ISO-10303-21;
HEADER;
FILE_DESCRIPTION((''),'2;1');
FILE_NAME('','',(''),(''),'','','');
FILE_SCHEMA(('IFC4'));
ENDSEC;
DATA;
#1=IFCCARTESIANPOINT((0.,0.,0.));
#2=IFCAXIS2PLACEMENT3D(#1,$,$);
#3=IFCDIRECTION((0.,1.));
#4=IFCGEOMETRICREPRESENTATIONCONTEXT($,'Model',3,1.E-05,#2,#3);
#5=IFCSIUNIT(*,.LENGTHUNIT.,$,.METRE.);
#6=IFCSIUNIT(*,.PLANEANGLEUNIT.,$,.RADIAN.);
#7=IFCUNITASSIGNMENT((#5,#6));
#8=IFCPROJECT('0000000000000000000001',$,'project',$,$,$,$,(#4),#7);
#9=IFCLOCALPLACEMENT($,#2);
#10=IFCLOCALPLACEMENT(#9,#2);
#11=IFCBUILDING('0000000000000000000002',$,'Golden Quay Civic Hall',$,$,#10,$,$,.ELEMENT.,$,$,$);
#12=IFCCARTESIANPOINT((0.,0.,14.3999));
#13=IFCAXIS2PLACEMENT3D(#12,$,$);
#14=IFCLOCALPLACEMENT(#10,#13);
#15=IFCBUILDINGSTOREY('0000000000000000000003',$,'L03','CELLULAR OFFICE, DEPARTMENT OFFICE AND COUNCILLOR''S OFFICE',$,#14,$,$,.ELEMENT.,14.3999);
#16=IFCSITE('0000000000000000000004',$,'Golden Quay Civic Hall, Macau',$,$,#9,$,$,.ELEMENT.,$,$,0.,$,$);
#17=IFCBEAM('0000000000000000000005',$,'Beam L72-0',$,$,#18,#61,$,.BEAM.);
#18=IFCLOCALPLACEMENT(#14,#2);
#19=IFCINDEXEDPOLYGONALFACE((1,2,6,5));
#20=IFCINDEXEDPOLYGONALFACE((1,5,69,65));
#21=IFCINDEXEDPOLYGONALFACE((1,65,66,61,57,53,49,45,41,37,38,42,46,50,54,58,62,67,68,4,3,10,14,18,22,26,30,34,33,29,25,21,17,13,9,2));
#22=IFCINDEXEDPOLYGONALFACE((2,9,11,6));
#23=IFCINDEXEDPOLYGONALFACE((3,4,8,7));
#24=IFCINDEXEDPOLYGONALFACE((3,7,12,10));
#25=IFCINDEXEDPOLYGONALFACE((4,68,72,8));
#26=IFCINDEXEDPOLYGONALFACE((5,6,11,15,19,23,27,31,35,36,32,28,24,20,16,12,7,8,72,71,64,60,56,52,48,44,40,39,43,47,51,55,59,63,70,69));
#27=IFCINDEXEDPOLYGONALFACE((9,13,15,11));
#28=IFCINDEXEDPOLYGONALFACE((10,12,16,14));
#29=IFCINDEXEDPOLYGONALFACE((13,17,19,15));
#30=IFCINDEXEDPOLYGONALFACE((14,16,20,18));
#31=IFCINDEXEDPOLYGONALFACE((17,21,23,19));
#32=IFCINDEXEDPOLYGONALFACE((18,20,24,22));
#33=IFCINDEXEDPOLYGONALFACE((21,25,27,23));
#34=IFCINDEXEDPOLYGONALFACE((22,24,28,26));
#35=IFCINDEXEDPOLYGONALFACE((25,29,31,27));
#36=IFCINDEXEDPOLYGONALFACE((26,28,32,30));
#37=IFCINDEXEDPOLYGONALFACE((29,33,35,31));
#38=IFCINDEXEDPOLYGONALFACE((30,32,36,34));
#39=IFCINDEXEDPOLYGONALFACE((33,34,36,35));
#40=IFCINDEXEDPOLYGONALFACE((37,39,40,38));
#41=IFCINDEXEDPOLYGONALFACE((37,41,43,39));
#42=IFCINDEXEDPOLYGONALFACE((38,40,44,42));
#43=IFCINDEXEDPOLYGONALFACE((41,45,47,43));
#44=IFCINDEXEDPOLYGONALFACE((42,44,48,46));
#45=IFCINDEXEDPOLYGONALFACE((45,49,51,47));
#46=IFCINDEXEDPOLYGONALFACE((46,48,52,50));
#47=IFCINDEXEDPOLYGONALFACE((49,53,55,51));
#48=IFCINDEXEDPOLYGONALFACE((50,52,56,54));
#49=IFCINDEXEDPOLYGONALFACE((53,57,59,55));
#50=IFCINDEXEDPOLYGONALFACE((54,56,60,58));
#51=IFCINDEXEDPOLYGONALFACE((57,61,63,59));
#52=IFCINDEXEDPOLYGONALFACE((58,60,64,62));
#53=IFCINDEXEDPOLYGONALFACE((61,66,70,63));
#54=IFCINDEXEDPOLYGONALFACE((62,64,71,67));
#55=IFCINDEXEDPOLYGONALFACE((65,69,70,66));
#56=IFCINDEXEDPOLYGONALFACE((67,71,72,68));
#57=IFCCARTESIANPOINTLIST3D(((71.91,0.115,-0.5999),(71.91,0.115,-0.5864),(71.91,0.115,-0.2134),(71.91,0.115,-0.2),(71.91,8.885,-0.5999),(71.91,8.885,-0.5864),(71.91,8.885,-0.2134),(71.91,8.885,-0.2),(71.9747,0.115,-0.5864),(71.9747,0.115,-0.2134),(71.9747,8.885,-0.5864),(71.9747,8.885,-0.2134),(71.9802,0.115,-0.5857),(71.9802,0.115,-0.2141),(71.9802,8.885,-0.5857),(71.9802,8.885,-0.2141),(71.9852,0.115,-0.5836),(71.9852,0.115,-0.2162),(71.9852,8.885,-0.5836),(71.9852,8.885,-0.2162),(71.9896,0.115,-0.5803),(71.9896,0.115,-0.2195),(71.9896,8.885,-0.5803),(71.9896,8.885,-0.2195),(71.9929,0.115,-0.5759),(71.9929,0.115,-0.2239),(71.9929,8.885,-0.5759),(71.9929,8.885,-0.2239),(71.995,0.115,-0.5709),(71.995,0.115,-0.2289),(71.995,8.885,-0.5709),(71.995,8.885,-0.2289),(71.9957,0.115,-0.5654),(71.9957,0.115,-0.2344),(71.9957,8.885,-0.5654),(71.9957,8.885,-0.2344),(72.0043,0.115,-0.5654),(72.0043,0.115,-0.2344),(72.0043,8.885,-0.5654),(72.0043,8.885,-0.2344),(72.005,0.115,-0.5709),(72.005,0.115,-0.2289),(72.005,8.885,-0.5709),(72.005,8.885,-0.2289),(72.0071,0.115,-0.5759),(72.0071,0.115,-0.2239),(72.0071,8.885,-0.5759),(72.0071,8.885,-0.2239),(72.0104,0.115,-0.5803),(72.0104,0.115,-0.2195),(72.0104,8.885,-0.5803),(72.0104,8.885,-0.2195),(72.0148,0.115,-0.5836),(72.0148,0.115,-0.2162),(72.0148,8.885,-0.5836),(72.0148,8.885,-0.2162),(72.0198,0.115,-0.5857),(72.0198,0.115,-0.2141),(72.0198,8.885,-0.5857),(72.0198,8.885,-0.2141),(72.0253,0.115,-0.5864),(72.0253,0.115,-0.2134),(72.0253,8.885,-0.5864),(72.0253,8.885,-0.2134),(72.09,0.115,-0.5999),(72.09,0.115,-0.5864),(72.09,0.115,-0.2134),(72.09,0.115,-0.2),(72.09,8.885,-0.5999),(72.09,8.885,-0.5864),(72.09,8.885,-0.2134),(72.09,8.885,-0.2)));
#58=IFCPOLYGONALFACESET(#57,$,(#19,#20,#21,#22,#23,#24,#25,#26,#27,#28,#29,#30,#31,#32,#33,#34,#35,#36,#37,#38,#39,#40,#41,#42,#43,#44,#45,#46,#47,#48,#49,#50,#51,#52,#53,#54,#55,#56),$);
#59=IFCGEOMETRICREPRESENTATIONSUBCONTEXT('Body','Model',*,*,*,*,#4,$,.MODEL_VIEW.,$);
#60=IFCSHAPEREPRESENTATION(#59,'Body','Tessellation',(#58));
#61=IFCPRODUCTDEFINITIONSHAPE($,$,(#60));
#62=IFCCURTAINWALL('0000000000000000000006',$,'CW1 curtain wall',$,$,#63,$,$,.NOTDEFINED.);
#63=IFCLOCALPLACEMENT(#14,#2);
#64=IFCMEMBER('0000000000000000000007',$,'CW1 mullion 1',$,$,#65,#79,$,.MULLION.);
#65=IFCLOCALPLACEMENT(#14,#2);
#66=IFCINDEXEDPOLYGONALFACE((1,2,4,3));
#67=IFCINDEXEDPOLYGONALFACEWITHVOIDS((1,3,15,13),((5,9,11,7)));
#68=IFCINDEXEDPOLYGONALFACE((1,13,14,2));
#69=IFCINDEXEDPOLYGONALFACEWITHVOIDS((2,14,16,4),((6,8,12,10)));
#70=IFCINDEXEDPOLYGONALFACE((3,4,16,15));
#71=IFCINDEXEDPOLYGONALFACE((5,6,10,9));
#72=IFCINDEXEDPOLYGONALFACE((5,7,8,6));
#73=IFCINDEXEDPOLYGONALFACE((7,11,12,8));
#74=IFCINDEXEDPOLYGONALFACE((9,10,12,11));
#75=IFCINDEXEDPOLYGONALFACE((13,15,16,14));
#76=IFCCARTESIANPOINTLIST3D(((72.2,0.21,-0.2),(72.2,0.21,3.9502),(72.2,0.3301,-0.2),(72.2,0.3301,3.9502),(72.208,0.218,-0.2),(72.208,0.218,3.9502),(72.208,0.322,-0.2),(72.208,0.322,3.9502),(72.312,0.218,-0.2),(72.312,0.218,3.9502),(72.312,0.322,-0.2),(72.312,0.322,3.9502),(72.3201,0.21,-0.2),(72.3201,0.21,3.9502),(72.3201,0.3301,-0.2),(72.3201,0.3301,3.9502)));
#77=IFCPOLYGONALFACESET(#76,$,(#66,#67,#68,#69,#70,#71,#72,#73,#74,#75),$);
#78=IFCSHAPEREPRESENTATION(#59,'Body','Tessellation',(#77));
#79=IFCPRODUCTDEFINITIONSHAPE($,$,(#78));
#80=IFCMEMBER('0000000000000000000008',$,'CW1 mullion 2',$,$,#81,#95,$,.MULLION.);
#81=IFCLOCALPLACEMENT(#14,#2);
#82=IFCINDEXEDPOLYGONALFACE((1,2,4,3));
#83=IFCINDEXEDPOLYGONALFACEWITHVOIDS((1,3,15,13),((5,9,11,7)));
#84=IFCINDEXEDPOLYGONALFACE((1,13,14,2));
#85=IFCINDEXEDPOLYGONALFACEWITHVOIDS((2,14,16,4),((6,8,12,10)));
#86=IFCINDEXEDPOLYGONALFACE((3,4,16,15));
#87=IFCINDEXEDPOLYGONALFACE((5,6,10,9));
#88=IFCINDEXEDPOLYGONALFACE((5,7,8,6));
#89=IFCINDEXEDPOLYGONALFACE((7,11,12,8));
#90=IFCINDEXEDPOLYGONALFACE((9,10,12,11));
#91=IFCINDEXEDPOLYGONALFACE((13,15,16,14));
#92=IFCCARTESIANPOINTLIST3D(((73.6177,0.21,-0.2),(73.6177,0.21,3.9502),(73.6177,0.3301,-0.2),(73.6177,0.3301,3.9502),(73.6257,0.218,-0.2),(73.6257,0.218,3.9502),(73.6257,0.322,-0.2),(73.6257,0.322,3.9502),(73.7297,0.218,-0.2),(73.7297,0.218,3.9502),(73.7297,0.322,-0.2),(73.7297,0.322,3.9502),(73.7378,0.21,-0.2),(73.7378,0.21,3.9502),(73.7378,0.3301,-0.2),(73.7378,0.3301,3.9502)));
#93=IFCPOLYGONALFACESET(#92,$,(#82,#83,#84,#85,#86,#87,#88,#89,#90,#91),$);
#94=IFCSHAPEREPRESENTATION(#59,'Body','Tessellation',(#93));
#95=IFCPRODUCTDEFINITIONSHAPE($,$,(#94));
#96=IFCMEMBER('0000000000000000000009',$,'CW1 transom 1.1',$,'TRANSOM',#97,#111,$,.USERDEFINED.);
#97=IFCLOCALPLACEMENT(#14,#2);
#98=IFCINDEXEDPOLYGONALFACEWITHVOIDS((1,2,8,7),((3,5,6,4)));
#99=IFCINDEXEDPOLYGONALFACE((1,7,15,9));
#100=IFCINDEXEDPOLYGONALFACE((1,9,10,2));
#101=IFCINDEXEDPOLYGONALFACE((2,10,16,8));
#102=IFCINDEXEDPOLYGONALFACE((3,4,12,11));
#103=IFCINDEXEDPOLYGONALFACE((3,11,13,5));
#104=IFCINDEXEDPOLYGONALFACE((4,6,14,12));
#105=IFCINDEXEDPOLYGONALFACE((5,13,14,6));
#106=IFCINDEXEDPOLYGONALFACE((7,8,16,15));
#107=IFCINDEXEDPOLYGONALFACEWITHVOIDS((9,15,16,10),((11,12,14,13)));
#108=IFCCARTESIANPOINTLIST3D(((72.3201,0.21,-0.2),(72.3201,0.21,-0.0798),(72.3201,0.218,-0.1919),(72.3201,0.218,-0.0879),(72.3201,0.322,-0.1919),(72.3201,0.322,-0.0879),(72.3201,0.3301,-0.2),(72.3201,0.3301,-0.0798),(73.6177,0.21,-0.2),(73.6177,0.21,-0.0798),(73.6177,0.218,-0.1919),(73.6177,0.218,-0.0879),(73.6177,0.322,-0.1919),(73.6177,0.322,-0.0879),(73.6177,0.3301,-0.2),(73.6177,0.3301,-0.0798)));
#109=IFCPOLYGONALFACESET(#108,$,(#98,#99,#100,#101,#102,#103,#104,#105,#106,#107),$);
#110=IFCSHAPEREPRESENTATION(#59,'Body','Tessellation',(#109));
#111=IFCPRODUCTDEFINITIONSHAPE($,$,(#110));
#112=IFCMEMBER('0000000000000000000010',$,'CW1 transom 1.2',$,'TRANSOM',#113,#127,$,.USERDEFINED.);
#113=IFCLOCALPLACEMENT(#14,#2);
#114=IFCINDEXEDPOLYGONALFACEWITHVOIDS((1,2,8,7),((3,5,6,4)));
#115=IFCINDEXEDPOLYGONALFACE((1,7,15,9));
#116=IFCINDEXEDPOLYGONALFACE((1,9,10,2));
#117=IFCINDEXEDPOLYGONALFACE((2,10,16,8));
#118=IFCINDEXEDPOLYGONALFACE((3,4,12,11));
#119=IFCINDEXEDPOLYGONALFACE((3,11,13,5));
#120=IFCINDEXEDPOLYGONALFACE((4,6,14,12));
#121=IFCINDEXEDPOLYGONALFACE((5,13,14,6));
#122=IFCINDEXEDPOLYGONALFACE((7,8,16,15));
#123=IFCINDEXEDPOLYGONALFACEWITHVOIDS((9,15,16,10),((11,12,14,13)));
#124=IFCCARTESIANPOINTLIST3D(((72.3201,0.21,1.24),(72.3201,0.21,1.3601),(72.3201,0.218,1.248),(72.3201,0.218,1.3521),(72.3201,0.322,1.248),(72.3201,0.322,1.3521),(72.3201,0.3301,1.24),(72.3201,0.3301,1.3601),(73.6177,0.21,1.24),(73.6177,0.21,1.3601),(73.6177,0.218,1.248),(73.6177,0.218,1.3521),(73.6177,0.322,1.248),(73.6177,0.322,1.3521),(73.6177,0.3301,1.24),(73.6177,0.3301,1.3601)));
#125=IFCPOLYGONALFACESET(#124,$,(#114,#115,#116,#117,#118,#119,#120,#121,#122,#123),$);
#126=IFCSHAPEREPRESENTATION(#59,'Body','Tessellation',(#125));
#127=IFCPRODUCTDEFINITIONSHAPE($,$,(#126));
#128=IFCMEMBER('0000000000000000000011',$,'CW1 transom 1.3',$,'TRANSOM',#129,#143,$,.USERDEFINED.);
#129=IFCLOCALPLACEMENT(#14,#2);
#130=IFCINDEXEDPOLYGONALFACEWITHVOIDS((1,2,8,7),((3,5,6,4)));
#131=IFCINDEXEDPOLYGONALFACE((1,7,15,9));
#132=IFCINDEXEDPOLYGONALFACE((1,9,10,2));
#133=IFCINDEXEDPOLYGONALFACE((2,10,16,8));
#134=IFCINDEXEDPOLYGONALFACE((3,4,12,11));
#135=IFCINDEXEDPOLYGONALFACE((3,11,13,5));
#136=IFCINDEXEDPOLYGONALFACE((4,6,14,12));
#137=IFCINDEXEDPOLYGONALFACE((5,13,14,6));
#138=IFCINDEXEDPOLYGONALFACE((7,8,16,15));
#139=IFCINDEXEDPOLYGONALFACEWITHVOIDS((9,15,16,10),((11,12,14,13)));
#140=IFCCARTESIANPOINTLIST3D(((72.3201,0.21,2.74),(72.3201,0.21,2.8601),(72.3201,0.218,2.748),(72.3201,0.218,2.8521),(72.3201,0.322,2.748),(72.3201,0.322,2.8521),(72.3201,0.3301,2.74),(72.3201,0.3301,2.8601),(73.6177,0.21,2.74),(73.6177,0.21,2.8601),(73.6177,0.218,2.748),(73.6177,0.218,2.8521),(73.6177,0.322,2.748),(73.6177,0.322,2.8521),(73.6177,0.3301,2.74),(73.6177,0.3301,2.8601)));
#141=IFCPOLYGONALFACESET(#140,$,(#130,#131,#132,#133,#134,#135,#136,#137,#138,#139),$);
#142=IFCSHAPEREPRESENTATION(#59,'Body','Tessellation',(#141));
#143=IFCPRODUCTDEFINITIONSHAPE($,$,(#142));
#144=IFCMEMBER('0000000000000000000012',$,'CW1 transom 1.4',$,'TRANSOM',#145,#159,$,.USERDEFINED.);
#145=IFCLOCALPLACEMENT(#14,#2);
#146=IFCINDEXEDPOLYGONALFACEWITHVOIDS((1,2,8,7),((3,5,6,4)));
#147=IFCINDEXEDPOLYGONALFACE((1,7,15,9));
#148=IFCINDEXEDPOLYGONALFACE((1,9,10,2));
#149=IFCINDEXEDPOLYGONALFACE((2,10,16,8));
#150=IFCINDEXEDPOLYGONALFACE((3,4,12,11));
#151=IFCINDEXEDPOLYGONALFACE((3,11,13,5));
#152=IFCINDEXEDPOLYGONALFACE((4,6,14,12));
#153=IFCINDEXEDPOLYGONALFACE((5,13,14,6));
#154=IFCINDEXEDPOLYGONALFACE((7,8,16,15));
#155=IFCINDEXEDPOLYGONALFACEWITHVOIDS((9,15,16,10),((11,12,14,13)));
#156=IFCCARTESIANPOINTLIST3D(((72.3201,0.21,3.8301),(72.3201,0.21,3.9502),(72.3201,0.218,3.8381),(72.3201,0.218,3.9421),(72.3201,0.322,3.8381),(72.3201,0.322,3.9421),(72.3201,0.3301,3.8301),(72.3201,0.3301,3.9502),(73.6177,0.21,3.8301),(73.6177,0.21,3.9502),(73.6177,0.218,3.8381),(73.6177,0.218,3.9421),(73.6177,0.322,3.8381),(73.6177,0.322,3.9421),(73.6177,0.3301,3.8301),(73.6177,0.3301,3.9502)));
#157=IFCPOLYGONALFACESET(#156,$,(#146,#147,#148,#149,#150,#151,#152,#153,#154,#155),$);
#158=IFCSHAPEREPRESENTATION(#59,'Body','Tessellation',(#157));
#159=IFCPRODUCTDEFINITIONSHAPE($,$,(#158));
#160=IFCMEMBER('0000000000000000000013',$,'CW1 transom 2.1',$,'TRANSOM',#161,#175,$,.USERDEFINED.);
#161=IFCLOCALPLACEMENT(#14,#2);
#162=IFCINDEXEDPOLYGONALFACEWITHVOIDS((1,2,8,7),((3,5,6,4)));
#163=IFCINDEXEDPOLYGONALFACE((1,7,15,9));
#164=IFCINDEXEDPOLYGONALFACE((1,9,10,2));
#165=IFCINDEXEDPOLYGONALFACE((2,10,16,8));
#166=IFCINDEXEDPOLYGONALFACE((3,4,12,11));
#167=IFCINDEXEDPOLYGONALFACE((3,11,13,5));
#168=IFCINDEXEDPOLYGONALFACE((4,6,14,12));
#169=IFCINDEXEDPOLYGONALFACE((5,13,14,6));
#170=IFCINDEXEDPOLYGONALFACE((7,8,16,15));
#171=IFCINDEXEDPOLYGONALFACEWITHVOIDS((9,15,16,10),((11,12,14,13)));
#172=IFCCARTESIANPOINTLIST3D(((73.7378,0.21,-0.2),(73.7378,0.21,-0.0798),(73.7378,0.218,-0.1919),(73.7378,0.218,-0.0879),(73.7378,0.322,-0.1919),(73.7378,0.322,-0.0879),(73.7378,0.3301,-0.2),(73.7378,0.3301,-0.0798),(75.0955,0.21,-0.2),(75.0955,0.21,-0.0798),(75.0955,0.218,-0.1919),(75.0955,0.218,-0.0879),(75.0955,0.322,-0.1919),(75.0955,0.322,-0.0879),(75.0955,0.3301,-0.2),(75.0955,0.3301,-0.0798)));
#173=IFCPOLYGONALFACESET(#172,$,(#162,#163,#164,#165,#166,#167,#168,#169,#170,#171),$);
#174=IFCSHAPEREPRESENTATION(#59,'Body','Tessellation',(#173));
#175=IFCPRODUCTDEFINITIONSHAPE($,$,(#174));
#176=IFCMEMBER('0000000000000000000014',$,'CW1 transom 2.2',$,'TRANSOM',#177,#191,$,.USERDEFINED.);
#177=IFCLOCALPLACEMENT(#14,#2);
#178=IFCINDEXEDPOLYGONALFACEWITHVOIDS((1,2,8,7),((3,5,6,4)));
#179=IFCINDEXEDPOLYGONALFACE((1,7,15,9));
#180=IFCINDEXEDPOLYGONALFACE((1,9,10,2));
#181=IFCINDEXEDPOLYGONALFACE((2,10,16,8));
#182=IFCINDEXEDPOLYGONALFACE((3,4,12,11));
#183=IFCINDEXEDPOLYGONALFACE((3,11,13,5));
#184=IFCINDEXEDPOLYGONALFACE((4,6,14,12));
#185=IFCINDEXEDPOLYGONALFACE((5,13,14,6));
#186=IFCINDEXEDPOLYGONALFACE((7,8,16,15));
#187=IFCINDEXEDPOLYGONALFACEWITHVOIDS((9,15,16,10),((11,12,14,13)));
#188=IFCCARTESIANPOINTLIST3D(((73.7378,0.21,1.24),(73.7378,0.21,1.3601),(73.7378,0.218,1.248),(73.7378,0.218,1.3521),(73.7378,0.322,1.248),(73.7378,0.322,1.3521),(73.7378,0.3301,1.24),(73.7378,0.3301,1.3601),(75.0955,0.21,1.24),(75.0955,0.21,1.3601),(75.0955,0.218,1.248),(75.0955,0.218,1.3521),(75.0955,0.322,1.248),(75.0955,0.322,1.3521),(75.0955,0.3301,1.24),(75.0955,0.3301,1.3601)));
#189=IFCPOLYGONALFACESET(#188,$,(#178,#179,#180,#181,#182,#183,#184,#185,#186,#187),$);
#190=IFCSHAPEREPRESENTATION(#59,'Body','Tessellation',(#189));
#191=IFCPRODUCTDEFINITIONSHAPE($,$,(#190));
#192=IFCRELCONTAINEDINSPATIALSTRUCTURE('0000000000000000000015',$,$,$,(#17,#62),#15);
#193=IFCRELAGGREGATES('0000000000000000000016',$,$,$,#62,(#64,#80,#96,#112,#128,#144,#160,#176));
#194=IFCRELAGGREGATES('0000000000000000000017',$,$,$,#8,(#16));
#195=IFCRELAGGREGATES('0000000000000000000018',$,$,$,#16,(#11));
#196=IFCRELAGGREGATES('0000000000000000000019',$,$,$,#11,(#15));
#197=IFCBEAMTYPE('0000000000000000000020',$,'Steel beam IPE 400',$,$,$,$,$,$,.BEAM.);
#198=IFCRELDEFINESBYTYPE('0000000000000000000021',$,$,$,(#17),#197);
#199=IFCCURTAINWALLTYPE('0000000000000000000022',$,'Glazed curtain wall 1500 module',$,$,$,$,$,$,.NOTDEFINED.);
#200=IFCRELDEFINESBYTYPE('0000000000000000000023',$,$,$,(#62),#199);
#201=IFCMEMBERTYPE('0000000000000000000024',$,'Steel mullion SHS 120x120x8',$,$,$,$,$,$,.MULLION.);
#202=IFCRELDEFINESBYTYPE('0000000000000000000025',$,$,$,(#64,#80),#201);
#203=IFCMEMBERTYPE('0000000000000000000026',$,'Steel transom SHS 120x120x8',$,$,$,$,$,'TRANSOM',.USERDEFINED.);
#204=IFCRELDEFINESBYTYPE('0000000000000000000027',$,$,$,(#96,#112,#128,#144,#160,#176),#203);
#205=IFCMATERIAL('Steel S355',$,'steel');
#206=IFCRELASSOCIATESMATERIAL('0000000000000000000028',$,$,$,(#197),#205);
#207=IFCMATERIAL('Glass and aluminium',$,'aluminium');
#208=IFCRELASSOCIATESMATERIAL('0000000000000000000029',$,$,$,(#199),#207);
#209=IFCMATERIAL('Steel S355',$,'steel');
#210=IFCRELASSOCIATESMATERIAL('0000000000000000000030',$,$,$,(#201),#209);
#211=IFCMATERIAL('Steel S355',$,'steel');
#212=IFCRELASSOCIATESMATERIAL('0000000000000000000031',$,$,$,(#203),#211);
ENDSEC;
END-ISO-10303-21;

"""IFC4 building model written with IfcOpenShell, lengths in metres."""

from ifc_helpers import new_model, si_unit, direction, frame, origin, origin_2d, place, context, subcontext, project, spatial, hollow_rectangle, i_section, extrude, material, material_profile, profile_set, type_object, element, aggregate, save


model = new_model("IFC4")

# Units and contexts
model_context = context("Model", 3, precision=1e-05, world=origin(), true_north=direction((0.0, 1.0)))
body_context = subcontext(model_context, "Body", "Model", "MODEL_VIEW")
ifc_project = project(units=[si_unit("LENGTHUNIT", "METRE"), si_unit("PLANEANGLEUNIT", "RADIAN")], contexts=[model_context])

# Site, building, storey
site_placement = place(None, origin())
site = spatial("IfcSite", under=ifc_project, at=site_placement, Name="Golden Quay Civic Hall, Macau", CompositionType="ELEMENT", RefElevation=0.0)
building_placement = place(site_placement, origin())
building = spatial("IfcBuilding", under=site, at=building_placement, Name="Golden Quay Civic Hall", CompositionType="ELEMENT")
storey_placement = place(building_placement, frame((0.0, 0.0, 14.3999)))
storey = spatial("IfcBuildingStorey", under=building, at=storey_placement, Name="L03", Description="CELLULAR OFFICE, DEPARTMENT OFFICE AND COUNCILLOR'S OFFICE", CompositionType="ELEMENT", Elevation=14.3999)

# Beam
ifc_material_1 = material(Name="Steel S355", Category="steel")
ifc_material_profile_1 = material_profile(ifc_material_1, i_section(OverallWidth=0.1799, OverallDepth=0.3999, WebThickness=0.0085, FlangeThickness=0.0134, FilletRadius=0.021, at=origin_2d()), Name="IPE 400")
ifc_profile_set_1 = profile_set([ifc_material_profile_1], Name="Steel S355")
beam_type_1 = type_object("IfcBeamType", Name="Steel beam IPE 400", PredefinedType="BEAM", material=ifc_profile_set_1)
beam_1_placement = place(storey_placement, frame((72.0, 0.115, -0.3999), z_axis=(0.0, 1.0, 0.0), x_axis=(-1.0, 0.0, 0.0)))
element("IfcBeam", 1, at=beam_1_placement, inside=storey, type_object=beam_type_1, Name="Beam L72-0", PredefinedType="BEAM", context=body_context, shape_type="SweptSolid", body=[
    extrude(i_section(OverallWidth=0.1799, OverallDepth=0.3999, WebThickness=0.0085, FlangeThickness=0.0134, FilletRadius=0.021, at=origin_2d()), origin(), (0.0, 0.0, 1.0), 8.77),
])

# Curtain wall, members
ifc_material_2 = material(Name="Glass and aluminium", Category="aluminium")
curtain_wall_type = type_object("IfcCurtainWallType", Name="Glazed curtain wall 1500 module", PredefinedType="NOTDEFINED", material=ifc_material_2)
curtain_wall_placement = place(storey_placement, origin())
curtain_wall = element("IfcCurtainWall", 2, at=curtain_wall_placement, inside=storey, type_object=curtain_wall_type, Name="CW1 curtain wall", PredefinedType="NOTDEFINED")
ifc_material_3 = material(Name="Steel S355", Category="steel")
ifc_material_profile_2 = material_profile(ifc_material_3, hollow_rectangle(XDim=0.1201, YDim=0.1201, WallThickness=0.0081, at=origin_2d()), Name="SHS 120x120x8")
ifc_profile_set_2 = profile_set([ifc_material_profile_2], Name="Steel S355")
member_type_1 = type_object("IfcMemberType", Name="Steel mullion SHS 120x120x8", PredefinedType="MULLION", material=ifc_profile_set_2)
member_1_placement = place(storey_placement, frame((72.26, 0.27, -0.2), z_axis=(0.0, 0.0, 1.0), x_axis=(0.0, 1.0, 0.0)))
member_1 = element("IfcMember", 3, at=member_1_placement, type_object=member_type_1, Name="CW1 mullion 1", PredefinedType="MULLION", context=body_context, shape_type="SweptSolid", body=[
    extrude(hollow_rectangle(XDim=0.1201, YDim=0.1201, WallThickness=0.0081, at=origin_2d()), origin(), (0.0, 0.0, 1.0), 4.1501),
])
member_2_placement = place(storey_placement, frame((73.6777, 0.27, -0.2), z_axis=(0.0, 0.0, 1.0), x_axis=(0.0, 1.0, 0.0)))
member_2 = element("IfcMember", 4, at=member_2_placement, type_object=member_type_1, Name="CW1 mullion 2", PredefinedType="MULLION", context=body_context, shape_type="SweptSolid", body=[
    extrude(hollow_rectangle(XDim=0.1201, YDim=0.1201, WallThickness=0.0081, at=origin_2d()), origin(), (0.0, 0.0, 1.0), 4.1501),
])
ifc_material_4 = material(Name="Steel S355", Category="steel")
ifc_material_profile_3 = material_profile(ifc_material_4, hollow_rectangle(XDim=0.1201, YDim=0.1201, WallThickness=0.0081, at=origin_2d()), Name="SHS 120x120x8")
ifc_profile_set_3 = profile_set([ifc_material_profile_3], Name="Steel S355")
member_type_2 = type_object("IfcMemberType", Name="Steel transom SHS 120x120x8", ElementType="TRANSOM", PredefinedType="USERDEFINED", material=ifc_profile_set_3)
member_3_placement = place(storey_placement, frame((72.3201, 0.27, -0.1399), z_axis=(1.0, 0.0, 0.0), x_axis=(0.0, 1.0, 0.0)))
member_3 = element("IfcMember", 5, at=member_3_placement, type_object=member_type_2, Name="CW1 transom 1.1", ObjectType="TRANSOM", PredefinedType="USERDEFINED", context=body_context, shape_type="SweptSolid", body=[
    extrude(hollow_rectangle(XDim=0.1201, YDim=0.1201, WallThickness=0.0081, at=origin_2d()), origin(), (0.0, 0.0, 1.0), 1.2976),
])
member_4_placement = place(storey_placement, frame((72.3201, 0.27, 1.3), z_axis=(1.0, 0.0, 0.0), x_axis=(0.0, 1.0, 0.0)))
member_4 = element("IfcMember", 6, at=member_4_placement, type_object=member_type_2, Name="CW1 transom 1.2", ObjectType="TRANSOM", PredefinedType="USERDEFINED", context=body_context, shape_type="SweptSolid", body=[
    extrude(hollow_rectangle(XDim=0.1201, YDim=0.1201, WallThickness=0.0081, at=origin_2d()), origin(), (0.0, 0.0, 1.0), 1.2976),
])
member_5_placement = place(storey_placement, frame((72.3201, 0.27, 2.8), z_axis=(1.0, 0.0, 0.0), x_axis=(0.0, 1.0, 0.0)))
member_5 = element("IfcMember", 7, at=member_5_placement, type_object=member_type_2, Name="CW1 transom 1.3", ObjectType="TRANSOM", PredefinedType="USERDEFINED", context=body_context, shape_type="SweptSolid", body=[
    extrude(hollow_rectangle(XDim=0.1201, YDim=0.1201, WallThickness=0.0081, at=origin_2d()), origin(), (0.0, 0.0, 1.0), 1.2976),
])
member_6_placement = place(storey_placement, frame((72.3201, 0.27, 3.8901), z_axis=(1.0, 0.0, 0.0), x_axis=(0.0, 1.0, 0.0)))
member_6 = element("IfcMember", 8, at=member_6_placement, type_object=member_type_2, Name="CW1 transom 1.4", ObjectType="TRANSOM", PredefinedType="USERDEFINED", context=body_context, shape_type="SweptSolid", body=[
    extrude(hollow_rectangle(XDim=0.1201, YDim=0.1201, WallThickness=0.0081, at=origin_2d()), origin(), (0.0, 0.0, 1.0), 1.2976),
])
member_7_placement = place(storey_placement, frame((73.7378, 0.27, -0.1399), z_axis=(1.0, 0.0, 0.0), x_axis=(0.0, 1.0, 0.0)))
member_7 = element("IfcMember", 9, at=member_7_placement, type_object=member_type_2, Name="CW1 transom 2.1", ObjectType="TRANSOM", PredefinedType="USERDEFINED", context=body_context, shape_type="SweptSolid", body=[
    extrude(hollow_rectangle(XDim=0.1201, YDim=0.1201, WallThickness=0.0081, at=origin_2d()), origin(), (0.0, 0.0, 1.0), 1.3577),
])
member_8_placement = place(storey_placement, frame((73.7378, 0.27, 1.3), z_axis=(1.0, 0.0, 0.0), x_axis=(0.0, 1.0, 0.0)))
member_8 = element("IfcMember", 10, at=member_8_placement, type_object=member_type_2, Name="CW1 transom 2.2", ObjectType="TRANSOM", PredefinedType="USERDEFINED", context=body_context, shape_type="SweptSolid", body=[
    extrude(hollow_rectangle(XDim=0.1201, YDim=0.1201, WallThickness=0.0081, at=origin_2d()), origin(), (0.0, 0.0, 1.0), 1.3577),
])
aggregate(curtain_wall, [member_1, member_2, member_3, member_4, member_5, member_6, member_7, member_8])

save(model, "model.ifc")
